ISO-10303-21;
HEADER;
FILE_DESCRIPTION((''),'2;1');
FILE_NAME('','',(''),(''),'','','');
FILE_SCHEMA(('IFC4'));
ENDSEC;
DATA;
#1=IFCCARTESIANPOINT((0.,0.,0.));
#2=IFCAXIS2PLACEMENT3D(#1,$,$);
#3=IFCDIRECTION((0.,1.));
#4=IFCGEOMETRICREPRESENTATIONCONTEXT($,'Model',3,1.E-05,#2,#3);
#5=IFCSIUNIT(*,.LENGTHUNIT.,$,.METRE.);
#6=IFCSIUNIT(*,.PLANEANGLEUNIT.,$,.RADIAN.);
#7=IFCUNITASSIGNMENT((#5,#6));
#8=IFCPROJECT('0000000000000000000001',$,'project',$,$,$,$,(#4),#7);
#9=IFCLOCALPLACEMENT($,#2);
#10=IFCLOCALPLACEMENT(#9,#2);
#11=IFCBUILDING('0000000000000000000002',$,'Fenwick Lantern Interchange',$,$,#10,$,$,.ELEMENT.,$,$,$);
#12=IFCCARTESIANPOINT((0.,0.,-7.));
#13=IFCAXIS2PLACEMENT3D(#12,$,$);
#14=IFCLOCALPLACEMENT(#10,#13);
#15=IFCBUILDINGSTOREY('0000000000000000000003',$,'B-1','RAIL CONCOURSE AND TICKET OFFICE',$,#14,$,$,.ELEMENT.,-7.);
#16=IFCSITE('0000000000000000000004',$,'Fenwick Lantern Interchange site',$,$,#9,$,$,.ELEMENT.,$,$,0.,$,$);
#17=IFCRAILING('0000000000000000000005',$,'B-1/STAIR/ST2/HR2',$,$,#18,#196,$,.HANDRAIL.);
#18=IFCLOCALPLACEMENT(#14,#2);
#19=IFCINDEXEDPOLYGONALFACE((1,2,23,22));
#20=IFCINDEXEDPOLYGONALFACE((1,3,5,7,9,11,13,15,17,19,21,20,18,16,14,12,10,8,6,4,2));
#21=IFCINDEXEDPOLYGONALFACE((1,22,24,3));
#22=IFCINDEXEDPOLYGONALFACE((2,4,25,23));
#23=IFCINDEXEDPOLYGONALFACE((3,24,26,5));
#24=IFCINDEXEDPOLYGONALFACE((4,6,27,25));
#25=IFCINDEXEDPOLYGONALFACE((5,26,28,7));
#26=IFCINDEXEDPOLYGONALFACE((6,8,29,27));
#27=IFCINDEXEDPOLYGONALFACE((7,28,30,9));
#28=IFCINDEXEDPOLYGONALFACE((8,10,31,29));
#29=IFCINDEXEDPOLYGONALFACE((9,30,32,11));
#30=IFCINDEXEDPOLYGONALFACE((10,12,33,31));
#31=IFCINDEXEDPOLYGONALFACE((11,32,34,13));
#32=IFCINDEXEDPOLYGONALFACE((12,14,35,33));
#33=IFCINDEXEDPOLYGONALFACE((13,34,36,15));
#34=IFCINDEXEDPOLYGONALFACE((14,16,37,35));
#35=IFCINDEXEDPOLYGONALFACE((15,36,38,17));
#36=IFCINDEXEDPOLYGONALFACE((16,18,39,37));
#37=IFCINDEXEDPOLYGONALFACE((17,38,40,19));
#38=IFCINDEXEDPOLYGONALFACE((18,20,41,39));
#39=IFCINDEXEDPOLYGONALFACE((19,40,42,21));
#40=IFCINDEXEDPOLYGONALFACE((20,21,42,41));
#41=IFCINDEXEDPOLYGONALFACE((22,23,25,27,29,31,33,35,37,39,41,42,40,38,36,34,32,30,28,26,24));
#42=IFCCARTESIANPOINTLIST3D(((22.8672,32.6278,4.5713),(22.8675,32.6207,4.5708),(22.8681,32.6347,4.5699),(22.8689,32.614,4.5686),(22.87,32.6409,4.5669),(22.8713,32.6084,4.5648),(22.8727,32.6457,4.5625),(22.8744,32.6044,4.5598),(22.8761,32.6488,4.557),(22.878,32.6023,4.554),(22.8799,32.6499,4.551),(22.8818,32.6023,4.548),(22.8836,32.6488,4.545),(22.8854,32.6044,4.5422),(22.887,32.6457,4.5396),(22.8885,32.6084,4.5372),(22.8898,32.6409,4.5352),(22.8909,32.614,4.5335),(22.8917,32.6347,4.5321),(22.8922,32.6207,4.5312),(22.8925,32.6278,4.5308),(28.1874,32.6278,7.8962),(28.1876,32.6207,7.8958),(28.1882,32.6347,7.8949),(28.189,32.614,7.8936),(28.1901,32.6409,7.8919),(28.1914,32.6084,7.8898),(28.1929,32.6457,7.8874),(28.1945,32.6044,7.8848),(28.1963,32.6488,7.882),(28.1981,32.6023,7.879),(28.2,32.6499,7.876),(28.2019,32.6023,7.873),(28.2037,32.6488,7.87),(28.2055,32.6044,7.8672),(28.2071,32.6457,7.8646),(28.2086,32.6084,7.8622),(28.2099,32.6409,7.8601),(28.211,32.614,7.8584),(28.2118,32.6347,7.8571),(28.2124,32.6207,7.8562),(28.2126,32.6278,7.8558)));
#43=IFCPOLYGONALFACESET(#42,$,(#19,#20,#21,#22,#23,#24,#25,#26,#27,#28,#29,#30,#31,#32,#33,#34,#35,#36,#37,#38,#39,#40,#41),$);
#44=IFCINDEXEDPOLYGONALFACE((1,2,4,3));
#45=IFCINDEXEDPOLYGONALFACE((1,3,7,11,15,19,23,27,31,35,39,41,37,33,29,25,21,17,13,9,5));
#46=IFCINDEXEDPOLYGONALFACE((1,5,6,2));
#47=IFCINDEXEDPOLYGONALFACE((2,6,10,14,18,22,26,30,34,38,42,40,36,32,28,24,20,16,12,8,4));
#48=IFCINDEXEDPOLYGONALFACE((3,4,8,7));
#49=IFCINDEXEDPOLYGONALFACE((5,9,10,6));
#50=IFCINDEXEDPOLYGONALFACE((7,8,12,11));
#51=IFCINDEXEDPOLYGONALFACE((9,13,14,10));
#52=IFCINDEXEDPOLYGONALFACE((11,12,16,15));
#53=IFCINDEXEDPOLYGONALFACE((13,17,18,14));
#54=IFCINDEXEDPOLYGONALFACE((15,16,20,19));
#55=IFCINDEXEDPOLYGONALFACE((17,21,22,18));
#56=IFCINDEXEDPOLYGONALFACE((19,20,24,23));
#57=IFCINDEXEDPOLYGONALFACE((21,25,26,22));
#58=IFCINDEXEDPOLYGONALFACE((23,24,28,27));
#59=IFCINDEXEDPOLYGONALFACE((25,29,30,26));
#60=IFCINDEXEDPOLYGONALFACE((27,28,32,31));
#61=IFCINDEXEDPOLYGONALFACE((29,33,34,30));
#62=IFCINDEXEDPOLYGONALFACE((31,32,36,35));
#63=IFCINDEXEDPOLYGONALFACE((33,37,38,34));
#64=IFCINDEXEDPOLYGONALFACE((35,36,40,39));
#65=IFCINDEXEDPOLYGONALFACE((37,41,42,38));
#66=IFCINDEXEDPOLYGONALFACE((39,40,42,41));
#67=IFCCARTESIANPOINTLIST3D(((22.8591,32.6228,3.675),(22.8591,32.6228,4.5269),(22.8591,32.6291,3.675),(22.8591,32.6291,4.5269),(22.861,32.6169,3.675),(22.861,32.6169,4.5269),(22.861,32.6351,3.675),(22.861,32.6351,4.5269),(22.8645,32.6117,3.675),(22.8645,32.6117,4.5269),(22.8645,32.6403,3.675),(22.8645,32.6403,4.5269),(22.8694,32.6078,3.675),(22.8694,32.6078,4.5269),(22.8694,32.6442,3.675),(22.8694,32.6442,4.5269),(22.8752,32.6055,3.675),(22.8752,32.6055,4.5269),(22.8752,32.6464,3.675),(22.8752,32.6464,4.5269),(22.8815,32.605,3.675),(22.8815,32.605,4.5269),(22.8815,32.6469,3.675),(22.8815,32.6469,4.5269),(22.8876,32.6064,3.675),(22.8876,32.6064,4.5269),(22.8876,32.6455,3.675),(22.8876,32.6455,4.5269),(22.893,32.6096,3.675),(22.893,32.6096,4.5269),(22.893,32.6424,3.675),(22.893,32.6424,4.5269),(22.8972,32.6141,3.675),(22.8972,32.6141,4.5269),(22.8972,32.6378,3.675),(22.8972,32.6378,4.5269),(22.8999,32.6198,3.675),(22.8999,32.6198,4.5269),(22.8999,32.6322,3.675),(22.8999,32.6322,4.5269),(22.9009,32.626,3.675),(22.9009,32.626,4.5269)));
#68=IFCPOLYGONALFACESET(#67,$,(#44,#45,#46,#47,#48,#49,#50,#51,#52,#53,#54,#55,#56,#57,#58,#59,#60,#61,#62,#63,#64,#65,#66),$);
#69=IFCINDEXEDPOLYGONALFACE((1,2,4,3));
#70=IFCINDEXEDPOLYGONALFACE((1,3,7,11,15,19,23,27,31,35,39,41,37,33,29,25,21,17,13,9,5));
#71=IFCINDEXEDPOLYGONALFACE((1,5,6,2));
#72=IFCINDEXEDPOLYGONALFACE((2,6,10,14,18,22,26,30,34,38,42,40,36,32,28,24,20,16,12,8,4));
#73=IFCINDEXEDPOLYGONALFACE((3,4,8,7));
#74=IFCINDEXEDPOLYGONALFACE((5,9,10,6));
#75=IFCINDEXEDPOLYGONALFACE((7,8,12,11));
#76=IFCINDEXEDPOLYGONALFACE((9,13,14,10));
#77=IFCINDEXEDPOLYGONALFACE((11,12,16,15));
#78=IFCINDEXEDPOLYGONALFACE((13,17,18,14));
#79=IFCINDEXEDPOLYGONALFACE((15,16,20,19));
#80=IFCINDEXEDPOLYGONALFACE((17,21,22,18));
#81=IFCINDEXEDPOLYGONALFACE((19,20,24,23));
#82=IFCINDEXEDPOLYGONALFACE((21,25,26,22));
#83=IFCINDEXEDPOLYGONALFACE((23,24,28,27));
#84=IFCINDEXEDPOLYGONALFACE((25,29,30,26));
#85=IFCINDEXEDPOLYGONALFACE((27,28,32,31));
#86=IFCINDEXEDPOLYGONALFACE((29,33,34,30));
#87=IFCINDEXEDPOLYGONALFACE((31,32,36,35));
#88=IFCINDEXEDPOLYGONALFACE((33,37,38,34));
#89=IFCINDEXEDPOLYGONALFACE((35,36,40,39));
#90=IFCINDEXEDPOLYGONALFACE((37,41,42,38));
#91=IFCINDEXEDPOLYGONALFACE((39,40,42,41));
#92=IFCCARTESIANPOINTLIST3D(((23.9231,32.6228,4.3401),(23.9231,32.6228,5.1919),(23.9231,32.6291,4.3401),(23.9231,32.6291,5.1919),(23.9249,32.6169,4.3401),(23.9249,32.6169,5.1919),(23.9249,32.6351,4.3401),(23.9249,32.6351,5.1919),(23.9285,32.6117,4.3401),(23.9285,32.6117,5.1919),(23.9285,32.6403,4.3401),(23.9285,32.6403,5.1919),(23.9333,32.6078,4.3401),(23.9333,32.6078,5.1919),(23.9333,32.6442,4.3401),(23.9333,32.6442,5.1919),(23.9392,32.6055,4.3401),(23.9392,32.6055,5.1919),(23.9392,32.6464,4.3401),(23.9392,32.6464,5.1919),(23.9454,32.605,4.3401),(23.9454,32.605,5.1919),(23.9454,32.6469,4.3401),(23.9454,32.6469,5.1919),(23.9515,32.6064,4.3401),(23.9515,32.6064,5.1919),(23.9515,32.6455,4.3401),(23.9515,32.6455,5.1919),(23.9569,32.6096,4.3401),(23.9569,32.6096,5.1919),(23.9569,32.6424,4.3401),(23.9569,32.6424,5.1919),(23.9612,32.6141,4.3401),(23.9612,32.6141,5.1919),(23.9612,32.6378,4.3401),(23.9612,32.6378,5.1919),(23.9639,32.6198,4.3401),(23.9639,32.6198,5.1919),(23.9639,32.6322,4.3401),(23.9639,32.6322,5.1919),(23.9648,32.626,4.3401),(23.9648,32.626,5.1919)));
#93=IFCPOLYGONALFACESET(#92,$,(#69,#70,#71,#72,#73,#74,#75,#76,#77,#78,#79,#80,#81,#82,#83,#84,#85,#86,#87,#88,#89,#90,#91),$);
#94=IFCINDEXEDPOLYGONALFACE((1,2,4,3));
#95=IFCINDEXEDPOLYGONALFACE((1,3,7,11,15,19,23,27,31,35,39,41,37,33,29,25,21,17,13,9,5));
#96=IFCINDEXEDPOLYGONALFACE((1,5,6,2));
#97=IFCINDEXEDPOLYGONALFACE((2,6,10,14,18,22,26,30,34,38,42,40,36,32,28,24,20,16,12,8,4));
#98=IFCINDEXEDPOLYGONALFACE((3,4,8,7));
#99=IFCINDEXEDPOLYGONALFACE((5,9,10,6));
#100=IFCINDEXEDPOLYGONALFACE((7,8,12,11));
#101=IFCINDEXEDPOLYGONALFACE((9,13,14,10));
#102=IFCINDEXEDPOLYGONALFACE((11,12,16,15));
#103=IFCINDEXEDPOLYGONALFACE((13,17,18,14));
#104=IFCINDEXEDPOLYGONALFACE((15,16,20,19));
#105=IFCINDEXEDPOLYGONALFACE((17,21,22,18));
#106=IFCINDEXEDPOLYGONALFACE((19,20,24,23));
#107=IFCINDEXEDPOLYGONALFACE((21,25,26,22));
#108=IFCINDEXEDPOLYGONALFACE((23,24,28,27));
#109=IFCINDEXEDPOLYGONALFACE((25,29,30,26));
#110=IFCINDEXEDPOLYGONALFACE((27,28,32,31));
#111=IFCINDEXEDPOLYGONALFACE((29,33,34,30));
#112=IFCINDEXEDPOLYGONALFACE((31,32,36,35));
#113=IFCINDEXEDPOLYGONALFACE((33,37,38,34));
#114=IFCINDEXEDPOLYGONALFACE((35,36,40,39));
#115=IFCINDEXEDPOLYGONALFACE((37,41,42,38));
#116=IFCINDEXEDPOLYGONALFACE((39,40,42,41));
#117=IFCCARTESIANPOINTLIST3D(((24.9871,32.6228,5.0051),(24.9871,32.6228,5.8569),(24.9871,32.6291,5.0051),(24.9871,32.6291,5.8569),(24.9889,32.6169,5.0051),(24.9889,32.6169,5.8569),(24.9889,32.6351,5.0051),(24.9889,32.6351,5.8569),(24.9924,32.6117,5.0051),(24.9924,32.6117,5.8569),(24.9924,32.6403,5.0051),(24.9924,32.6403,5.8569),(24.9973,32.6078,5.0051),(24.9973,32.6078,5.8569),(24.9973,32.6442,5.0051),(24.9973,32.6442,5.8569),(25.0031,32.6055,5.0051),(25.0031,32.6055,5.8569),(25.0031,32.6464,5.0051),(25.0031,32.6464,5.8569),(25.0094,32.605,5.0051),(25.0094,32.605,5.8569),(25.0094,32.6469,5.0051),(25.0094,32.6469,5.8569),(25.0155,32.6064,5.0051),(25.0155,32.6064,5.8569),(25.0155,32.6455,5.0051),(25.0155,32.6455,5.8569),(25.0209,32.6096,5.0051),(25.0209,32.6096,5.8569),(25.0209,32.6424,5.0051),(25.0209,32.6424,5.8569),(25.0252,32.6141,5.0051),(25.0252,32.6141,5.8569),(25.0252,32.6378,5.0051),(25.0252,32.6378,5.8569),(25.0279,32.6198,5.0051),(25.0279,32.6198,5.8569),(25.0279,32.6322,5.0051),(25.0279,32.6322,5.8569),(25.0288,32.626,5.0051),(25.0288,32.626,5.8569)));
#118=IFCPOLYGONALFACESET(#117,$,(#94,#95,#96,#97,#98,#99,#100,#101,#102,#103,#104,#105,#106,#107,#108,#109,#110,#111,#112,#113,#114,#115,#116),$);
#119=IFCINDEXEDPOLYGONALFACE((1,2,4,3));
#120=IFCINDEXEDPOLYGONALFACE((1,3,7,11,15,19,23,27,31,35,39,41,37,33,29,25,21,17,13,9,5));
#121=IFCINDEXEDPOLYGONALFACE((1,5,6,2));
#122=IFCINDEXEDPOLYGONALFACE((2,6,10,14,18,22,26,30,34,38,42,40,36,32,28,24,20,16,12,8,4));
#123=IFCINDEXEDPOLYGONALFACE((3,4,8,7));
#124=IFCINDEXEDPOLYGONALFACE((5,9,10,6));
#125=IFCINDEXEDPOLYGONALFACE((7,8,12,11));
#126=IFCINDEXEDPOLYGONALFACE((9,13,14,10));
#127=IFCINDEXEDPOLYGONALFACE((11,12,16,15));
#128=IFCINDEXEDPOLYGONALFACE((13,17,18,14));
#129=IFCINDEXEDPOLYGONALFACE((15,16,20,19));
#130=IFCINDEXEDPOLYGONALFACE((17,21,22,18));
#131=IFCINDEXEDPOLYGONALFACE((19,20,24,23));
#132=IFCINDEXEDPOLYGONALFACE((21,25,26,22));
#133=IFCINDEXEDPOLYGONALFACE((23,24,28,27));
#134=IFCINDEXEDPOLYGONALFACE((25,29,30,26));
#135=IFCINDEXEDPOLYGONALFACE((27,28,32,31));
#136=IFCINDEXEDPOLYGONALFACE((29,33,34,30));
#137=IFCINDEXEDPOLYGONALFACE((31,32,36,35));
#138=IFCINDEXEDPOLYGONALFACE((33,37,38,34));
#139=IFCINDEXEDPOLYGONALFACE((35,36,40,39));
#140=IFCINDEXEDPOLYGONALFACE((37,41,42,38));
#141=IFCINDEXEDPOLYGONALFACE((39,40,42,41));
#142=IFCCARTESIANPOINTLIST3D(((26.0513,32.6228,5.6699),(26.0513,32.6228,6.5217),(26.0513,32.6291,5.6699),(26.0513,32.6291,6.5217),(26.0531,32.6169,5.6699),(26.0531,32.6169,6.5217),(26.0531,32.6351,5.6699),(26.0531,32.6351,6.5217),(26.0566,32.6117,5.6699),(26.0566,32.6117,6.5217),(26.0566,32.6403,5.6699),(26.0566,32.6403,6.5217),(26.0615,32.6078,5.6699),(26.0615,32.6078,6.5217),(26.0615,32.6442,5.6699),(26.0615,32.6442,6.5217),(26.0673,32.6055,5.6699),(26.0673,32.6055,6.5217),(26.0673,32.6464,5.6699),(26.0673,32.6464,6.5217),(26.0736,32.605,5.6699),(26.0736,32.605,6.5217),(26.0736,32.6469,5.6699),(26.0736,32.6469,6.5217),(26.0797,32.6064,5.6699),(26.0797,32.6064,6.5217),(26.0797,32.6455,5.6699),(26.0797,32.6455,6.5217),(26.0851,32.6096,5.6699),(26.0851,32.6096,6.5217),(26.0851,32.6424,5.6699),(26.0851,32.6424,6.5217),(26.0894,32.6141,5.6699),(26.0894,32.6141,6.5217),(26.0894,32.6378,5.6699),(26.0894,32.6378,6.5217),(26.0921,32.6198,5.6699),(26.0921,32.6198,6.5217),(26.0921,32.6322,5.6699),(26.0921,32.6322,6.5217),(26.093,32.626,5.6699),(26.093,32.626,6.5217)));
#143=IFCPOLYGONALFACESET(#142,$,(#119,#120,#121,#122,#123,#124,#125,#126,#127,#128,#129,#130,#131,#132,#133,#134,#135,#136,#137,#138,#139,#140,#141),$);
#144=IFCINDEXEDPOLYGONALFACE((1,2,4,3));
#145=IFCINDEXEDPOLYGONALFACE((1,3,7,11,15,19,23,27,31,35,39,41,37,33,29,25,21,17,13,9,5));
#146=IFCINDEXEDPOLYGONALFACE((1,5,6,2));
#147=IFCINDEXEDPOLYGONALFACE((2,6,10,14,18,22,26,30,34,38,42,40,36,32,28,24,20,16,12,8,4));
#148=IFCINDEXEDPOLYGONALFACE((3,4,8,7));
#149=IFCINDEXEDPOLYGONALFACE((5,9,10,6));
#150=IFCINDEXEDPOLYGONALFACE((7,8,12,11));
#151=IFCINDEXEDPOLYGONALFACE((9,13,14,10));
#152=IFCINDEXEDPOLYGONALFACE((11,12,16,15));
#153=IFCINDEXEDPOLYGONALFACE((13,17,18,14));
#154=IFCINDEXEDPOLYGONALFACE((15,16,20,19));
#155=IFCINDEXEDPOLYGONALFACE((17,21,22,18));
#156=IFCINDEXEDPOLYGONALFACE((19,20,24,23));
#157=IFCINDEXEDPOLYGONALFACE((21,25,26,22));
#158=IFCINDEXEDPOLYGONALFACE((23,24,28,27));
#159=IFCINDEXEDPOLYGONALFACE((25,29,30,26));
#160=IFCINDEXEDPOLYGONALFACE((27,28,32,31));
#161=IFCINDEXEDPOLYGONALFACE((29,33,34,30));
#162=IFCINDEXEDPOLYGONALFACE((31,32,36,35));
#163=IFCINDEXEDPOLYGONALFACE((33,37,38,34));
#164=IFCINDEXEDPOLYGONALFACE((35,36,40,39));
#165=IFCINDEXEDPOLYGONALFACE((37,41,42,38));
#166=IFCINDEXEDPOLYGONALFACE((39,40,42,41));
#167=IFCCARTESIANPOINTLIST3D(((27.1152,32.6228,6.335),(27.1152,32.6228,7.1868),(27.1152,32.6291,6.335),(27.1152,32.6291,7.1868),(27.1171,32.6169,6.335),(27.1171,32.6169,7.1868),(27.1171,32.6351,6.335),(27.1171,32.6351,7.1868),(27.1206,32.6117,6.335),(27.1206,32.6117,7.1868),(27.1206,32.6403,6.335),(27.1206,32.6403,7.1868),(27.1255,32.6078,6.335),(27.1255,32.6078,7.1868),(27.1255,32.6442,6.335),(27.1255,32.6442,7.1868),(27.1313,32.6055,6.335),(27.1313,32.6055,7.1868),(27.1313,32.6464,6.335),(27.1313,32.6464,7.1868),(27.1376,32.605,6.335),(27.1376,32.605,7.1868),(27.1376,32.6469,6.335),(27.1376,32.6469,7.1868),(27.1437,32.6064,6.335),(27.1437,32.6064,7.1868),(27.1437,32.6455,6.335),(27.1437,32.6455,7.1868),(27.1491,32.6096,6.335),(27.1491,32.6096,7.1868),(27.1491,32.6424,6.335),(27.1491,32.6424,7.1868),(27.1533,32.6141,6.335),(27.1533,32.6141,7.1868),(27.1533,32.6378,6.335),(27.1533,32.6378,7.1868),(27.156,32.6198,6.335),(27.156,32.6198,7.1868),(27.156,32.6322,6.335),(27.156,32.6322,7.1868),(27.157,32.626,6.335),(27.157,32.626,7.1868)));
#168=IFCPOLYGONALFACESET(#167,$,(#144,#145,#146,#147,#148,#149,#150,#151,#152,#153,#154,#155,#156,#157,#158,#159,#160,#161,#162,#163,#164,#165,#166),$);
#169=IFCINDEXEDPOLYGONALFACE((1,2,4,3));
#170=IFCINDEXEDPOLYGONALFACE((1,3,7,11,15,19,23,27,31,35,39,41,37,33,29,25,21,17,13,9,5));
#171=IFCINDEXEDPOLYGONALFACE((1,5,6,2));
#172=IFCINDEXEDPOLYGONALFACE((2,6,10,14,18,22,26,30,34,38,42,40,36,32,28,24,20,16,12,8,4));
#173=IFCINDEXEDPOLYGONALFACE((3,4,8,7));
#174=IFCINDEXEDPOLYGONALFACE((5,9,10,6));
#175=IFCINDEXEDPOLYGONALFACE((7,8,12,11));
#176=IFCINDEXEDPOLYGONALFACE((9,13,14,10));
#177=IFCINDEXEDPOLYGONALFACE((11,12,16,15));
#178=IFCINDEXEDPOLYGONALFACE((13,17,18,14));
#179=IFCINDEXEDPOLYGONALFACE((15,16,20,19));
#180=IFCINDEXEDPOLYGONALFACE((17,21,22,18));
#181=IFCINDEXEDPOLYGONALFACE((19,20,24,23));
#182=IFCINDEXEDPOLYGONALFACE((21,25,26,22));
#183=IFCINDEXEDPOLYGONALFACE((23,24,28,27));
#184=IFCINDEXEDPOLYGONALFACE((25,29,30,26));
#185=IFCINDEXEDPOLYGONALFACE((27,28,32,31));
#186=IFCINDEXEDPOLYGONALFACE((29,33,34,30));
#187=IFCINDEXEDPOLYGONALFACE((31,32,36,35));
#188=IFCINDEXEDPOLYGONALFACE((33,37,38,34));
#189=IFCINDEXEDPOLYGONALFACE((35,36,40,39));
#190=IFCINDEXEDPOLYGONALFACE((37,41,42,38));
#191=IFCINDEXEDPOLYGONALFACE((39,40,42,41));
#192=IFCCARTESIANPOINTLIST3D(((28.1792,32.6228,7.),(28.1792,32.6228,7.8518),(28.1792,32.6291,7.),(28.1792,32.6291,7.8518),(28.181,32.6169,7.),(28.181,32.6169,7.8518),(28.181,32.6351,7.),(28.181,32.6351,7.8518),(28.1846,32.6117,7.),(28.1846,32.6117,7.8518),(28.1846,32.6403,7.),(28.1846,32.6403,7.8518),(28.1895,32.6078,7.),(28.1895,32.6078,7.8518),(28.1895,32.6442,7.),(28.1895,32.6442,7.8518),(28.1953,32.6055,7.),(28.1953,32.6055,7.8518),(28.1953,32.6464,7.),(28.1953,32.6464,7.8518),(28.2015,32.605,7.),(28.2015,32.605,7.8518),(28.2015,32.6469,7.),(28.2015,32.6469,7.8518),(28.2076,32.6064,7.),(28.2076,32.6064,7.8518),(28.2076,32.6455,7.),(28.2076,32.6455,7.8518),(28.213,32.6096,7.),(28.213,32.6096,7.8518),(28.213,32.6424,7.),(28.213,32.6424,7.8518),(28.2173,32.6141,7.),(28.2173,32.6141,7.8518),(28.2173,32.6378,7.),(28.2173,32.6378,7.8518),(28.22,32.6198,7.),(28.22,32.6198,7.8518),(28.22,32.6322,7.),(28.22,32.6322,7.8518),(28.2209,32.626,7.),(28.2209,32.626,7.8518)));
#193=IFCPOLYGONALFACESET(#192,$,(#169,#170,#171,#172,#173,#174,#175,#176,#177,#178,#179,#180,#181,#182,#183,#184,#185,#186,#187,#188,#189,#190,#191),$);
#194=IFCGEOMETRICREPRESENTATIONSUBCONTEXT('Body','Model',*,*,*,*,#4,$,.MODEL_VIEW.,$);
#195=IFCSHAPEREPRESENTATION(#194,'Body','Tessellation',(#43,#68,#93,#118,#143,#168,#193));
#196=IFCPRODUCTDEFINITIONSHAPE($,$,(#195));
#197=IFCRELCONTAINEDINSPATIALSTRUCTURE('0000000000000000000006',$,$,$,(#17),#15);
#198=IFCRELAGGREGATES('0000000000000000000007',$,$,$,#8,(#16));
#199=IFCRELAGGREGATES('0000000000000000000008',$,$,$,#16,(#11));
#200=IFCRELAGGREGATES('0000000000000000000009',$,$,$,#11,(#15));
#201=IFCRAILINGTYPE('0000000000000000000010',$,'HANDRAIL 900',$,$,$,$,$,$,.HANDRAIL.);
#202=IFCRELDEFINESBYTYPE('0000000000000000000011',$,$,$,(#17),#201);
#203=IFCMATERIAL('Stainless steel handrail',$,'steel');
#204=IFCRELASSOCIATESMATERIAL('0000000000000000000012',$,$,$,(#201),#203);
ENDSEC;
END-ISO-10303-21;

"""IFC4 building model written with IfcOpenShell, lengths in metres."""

from ifc_helpers import new_model, si_unit, direction, frame, origin, origin_2d, place, context, subcontext, project, spatial, circle, extrude, material, type_object, element, save


model = new_model("IFC4")

# Units and contexts
model_context = context("Model", 3, precision=1e-05, world=origin(), true_north=direction((0.0, 1.0)))
body_context = subcontext(model_context, "Body", "Model", "MODEL_VIEW")
ifc_project = project(units=[si_unit("LENGTHUNIT", "METRE"), si_unit("PLANEANGLEUNIT", "RADIAN")], contexts=[model_context])

# Site, building, storey
site_placement = place(None, origin())
site = spatial("IfcSite", under=ifc_project, at=site_placement, Name="Fenwick Lantern Interchange site", CompositionType="ELEMENT", RefElevation=0.0)
building_placement = place(site_placement, origin())
building = spatial("IfcBuilding", under=site, at=building_placement, Name="Fenwick Lantern Interchange", CompositionType="ELEMENT")
storey_placement = place(building_placement, frame((0.0, 0.0, -7.0)))
storey = spatial("IfcBuildingStorey", under=building, at=storey_placement, Name="B-1", Description="RAIL CONCOURSE AND TICKET OFFICE", CompositionType="ELEMENT", Elevation=-7.0)

# Railing
ifc_material_1 = material(Name="Stainless steel handrail", Category="steel")
railing_type = type_object("IfcRailingType", Name="HANDRAIL 900", PredefinedType="HANDRAIL", material=ifc_material_1)
railing_placement = place(storey_placement, frame((22.8799, 32.626, 3.675)))
element("IfcRailing", 1, at=railing_placement, inside=storey, type_object=railing_type, Name="B-1/STAIR/ST2/HR2", PredefinedType="HANDRAIL", context=body_context, shape_type="SweptSolid", body=[
    extrude(circle(Radius=0.0239, at=origin_2d()), frame((0.0, 0.0, 0.876), z_axis=(0.848005, 0.0, 0.529988), x_axis=(0.0, 1.0, 0.0)), (0.0, 0.0, 1.0), 6.2737),
    extrude(circle(Radius=0.021, at=origin_2d()), origin(), (0.0, 0.0, 1.0), 0.8518),
    extrude(circle(Radius=0.021, at=origin_2d()), frame((1.064, 0.0, 0.665)), (0.0, 0.0, 1.0), 0.8518),
    extrude(circle(Radius=0.021, at=origin_2d()), frame((2.1279, 0.0, 1.3301)), (0.0, 0.0, 1.0), 0.8518),
    extrude(circle(Radius=0.021, at=origin_2d()), frame((3.1921, 0.0, 1.9949)), (0.0, 0.0, 1.0), 0.8518),
    extrude(circle(Radius=0.021, at=origin_2d()), frame((4.2561, 0.0, 2.6599)), (0.0, 0.0, 1.0), 0.8518),
    extrude(circle(Radius=0.021, at=origin_2d()), frame((5.3201, 0.0, 3.325)), (0.0, 0.0, 1.0), 0.8518),
])

save(model, "model.ifc")
